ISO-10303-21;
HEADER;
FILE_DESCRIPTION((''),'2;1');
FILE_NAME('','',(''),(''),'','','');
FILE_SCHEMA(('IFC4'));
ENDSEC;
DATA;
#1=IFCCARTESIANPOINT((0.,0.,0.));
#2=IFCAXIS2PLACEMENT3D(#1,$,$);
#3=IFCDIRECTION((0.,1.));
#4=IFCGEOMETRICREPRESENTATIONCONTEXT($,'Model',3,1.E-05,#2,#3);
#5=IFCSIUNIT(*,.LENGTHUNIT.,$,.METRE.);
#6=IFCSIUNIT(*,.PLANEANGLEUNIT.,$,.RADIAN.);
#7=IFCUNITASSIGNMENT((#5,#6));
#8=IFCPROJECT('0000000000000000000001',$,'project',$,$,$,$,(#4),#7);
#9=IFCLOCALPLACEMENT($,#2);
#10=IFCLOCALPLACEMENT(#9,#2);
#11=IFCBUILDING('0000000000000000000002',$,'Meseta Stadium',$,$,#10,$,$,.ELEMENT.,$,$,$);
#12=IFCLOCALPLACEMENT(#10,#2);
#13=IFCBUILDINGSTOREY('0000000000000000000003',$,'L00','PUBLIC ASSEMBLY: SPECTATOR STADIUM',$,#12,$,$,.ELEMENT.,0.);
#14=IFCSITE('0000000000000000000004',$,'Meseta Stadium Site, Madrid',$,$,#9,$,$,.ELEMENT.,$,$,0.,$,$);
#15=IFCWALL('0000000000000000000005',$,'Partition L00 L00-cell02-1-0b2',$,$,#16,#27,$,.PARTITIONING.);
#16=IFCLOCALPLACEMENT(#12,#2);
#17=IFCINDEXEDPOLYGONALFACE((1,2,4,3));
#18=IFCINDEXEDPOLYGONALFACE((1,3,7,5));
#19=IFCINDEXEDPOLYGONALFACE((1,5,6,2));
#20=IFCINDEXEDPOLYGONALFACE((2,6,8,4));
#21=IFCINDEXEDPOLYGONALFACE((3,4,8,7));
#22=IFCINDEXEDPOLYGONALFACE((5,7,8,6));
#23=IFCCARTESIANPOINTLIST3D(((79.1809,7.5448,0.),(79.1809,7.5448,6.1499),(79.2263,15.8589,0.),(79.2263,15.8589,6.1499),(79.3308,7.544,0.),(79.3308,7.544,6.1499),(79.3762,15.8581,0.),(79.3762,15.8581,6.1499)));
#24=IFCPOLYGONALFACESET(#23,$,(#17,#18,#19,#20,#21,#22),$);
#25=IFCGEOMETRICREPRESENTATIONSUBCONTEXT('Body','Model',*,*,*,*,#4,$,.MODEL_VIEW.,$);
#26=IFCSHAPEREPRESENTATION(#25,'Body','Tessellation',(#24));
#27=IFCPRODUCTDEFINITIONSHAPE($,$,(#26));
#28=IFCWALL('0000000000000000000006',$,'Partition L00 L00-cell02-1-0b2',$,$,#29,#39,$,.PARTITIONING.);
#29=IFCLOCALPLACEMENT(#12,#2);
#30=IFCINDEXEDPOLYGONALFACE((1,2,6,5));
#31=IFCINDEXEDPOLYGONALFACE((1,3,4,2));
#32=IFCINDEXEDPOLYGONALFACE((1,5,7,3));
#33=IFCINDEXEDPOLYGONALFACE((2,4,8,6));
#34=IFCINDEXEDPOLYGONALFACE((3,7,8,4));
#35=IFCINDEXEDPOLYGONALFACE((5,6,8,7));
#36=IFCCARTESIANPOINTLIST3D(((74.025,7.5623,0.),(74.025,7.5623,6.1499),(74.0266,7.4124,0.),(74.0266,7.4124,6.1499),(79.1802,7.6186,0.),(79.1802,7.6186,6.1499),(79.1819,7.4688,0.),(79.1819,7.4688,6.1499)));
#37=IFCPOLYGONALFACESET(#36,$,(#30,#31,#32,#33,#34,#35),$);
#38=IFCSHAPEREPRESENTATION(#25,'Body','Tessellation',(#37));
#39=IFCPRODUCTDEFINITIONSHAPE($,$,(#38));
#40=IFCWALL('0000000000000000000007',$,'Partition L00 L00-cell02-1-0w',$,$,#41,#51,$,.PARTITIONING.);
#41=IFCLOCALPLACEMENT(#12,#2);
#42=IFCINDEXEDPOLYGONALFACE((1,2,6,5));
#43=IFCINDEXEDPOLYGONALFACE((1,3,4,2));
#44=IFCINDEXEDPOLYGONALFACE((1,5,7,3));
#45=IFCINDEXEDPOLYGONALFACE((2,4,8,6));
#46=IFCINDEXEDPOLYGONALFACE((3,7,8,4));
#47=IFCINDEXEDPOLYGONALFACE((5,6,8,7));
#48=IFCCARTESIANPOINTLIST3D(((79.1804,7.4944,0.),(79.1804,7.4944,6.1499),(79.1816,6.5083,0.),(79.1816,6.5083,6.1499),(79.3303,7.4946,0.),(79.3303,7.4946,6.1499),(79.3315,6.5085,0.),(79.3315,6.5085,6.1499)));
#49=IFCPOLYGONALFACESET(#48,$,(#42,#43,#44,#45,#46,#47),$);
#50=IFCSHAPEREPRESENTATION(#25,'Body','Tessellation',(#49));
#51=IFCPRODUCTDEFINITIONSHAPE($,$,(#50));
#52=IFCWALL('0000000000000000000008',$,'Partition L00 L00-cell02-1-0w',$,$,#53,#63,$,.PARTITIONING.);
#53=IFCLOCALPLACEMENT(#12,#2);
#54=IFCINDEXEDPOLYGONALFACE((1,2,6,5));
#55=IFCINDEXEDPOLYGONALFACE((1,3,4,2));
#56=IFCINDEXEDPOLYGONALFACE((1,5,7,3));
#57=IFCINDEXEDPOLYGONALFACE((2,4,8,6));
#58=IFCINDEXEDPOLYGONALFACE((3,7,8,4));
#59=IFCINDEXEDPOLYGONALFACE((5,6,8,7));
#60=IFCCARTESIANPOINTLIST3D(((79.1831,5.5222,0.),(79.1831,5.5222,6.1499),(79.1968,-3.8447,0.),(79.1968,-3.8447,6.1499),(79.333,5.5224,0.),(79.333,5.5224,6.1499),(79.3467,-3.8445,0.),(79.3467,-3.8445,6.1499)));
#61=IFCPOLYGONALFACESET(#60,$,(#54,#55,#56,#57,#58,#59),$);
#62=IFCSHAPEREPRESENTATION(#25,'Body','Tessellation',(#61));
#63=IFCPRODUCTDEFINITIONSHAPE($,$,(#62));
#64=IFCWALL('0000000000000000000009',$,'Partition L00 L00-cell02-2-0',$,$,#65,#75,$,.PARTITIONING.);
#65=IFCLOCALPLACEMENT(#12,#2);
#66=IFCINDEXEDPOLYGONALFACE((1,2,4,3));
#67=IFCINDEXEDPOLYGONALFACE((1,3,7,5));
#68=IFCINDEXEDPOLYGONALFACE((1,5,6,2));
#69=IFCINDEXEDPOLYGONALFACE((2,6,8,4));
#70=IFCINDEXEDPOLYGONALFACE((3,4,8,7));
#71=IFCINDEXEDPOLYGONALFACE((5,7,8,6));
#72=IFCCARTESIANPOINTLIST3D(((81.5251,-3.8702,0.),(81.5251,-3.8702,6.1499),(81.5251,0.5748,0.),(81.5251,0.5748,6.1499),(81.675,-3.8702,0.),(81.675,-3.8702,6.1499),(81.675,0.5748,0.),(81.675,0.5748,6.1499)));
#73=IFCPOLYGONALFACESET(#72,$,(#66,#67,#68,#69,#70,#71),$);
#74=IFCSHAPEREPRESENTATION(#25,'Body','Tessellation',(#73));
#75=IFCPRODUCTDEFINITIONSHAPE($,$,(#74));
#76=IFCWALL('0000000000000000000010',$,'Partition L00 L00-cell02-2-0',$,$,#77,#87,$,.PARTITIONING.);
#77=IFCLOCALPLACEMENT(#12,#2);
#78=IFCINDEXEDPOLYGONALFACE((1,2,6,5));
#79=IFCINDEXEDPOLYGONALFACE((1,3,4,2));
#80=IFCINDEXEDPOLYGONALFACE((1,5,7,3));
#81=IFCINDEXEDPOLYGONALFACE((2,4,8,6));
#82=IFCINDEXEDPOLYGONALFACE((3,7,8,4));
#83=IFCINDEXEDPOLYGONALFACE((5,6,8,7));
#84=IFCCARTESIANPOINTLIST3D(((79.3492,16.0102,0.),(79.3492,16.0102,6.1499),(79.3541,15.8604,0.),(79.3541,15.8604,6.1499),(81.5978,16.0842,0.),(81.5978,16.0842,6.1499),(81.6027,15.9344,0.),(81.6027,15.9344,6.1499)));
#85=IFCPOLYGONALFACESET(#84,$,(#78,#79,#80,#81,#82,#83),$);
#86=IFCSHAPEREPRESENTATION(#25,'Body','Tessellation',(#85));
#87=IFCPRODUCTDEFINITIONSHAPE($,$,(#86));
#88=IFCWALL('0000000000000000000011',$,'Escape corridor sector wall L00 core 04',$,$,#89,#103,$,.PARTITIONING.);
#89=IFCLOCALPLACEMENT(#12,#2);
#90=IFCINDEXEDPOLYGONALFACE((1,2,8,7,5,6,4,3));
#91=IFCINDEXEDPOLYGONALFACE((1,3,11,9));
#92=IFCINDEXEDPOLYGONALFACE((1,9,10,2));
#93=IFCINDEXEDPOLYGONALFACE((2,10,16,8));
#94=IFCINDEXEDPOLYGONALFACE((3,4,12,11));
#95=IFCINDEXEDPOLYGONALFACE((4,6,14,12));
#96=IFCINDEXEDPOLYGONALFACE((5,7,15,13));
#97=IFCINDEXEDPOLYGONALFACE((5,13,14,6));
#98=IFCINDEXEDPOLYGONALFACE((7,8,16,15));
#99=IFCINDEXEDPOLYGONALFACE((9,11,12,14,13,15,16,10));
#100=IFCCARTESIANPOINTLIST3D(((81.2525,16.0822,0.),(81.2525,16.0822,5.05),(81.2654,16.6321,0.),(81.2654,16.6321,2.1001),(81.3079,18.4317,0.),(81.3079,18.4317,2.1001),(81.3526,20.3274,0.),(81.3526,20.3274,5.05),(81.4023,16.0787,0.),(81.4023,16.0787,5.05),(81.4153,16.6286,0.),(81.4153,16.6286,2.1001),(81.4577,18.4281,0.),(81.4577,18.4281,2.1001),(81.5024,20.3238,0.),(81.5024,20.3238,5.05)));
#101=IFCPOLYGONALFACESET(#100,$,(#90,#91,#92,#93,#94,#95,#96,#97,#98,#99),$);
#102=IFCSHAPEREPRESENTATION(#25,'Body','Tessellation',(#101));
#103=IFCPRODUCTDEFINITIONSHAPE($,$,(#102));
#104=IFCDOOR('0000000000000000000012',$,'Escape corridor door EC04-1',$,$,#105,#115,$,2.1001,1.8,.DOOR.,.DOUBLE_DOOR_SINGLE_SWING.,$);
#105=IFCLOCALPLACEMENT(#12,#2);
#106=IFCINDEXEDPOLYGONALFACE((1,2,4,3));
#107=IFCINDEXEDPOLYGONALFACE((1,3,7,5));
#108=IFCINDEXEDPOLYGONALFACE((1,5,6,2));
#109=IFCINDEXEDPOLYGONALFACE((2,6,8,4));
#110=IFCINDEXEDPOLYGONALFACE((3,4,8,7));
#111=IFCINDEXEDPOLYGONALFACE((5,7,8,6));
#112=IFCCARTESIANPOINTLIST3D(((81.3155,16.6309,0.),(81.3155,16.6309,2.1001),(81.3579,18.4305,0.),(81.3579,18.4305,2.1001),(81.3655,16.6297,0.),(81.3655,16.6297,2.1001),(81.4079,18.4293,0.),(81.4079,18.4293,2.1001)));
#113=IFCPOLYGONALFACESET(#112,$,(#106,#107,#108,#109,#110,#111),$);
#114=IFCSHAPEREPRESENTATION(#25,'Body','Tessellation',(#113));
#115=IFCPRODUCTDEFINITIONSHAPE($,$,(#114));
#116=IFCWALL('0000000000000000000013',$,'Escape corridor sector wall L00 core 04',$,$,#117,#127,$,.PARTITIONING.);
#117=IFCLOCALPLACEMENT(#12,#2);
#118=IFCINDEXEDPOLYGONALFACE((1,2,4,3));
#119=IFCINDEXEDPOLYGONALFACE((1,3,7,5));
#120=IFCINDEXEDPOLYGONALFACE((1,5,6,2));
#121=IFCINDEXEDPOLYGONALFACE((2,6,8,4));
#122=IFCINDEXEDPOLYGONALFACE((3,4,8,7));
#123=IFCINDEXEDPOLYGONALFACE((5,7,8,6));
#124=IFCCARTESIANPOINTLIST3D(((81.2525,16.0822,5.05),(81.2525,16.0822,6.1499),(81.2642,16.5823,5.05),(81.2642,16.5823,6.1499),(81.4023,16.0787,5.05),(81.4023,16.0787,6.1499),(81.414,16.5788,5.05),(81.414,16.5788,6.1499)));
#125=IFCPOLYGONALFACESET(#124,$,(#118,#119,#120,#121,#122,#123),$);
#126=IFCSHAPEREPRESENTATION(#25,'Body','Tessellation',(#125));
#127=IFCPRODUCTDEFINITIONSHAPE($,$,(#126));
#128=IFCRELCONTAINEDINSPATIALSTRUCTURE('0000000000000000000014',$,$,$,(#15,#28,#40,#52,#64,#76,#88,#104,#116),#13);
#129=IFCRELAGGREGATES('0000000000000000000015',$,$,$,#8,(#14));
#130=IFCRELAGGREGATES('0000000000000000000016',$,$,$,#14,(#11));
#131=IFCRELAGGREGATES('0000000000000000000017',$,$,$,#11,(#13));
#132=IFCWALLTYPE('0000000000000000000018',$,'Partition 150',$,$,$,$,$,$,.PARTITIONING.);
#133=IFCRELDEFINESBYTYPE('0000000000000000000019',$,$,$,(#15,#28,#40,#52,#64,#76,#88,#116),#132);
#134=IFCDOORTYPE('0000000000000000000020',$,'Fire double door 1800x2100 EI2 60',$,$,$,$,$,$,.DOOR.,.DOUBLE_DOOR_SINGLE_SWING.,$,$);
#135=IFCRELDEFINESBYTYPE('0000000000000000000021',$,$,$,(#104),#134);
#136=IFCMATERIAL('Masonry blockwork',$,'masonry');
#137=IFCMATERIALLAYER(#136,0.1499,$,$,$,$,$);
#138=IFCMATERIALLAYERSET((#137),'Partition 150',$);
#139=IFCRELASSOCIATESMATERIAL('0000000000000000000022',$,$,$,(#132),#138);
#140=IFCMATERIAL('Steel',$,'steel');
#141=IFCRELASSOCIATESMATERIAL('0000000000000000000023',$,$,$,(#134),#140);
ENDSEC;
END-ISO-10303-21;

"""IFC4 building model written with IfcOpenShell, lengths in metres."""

from ifc_helpers import new_model, si_unit, direction, frame, frame_2d, origin, place, context, subcontext, project, spatial, rectangle, extrude, material, layer, layer_set, type_object, element, fill, save


model = new_model("IFC4")

# Units and contexts
model_context = context("Model", 3, precision=1e-05, world=origin(), true_north=direction((0.0, 1.0)))
body_context = subcontext(model_context, "Body", "Model", "MODEL_VIEW")
ifc_project = project(units=[si_unit("LENGTHUNIT", "METRE"), si_unit("PLANEANGLEUNIT", "RADIAN")], contexts=[model_context])

# Site, building, storey
site_placement = place(None, origin())
site = spatial("IfcSite", under=ifc_project, at=site_placement, Name="Meseta Stadium Site, Madrid", CompositionType="ELEMENT", RefElevation=0.0)
building_placement = place(site_placement, origin())
building = spatial("IfcBuilding", under=site, at=building_placement, Name="Meseta Stadium", CompositionType="ELEMENT")
storey_placement = place(building_placement, origin())
storey = spatial("IfcBuildingStorey", under=building, at=storey_placement, Name="L00", Description="PUBLIC ASSEMBLY: SPECTATOR STADIUM", CompositionType="ELEMENT", Elevation=0.0)

# Shared definitions
ifc_material_1 = material(Name="Masonry blockwork", Category="masonry")
ifc_layer = layer(ifc_material_1, 0.1499)
ifc_layer_set = layer_set([ifc_layer], Name="Partition 150")
wall_type = type_object("IfcWallType", Name="Partition 150", PredefinedType="PARTITIONING", material=ifc_layer_set)

# Walls
wall_1_placement = place(storey_placement, frame((79.3013, 15.8586, 0.0), z_axis=(0.0, 0.0, 1.0), x_axis=(-0.005462, -0.999985, 0.0)))
element("IfcWall", 1, at=wall_1_placement, inside=storey, type_object=wall_type, Name="Partition L00 L00-cell02-1-0b2", PredefinedType="PARTITIONING", context=body_context, shape_type="SweptSolid", body=[
    extrude(rectangle(XDim=8.3142, YDim=0.1499, at=frame_2d((4.1572, 0.0))), origin(), (0.0, 0.0, 1.0), 6.1499),
])
wall_2_placement = place(storey_placement, frame((79.1809, 7.5437, 0.0), z_axis=(0.0, 0.0, 1.0), x_axis=(-0.99994, -0.010939, 0.0)))
element("IfcWall", 2, at=wall_2_placement, inside=storey, type_object=wall_type, Name="Partition L00 L00-cell02-1-0b2", PredefinedType="PARTITIONING", context=body_context, shape_type="SweptSolid", body=[
    extrude(rectangle(XDim=5.1555, YDim=0.1499, at=frame_2d((2.5776, 0.0))), origin(), (0.0, 0.0, 1.0), 6.1499),
])
wall_3_placement = place(storey_placement, frame((79.2554, 7.4946, 0.0), z_axis=(0.0, 0.0, 1.0), x_axis=(0.001238, -0.999999, 0.0)))
element("IfcWall", 3, at=wall_3_placement, inside=storey, type_object=wall_type, Name="Partition L00 L00-cell02-1-0w", PredefinedType="PARTITIONING", context=body_context, shape_type="SweptSolid", body=[
    extrude(rectangle(XDim=0.9861, YDim=0.1499, at=frame_2d((0.4932, 0.0))), origin(), (0.0, 0.0, 1.0), 6.1499),
])
wall_4_placement = place(storey_placement, frame((79.2581, 5.5225, 0.0), z_axis=(0.0, 0.0, 1.0), x_axis=(0.00146, -0.999999, 0.0)))
element("IfcWall", 4, at=wall_4_placement, inside=storey, type_object=wall_type, Name="Partition L00 L00-cell02-1-0w", PredefinedType="PARTITIONING", context=body_context, shape_type="SweptSolid", body=[
    extrude(rectangle(XDim=9.3669, YDim=0.1499, at=frame_2d((4.6836, 0.0))), origin(), (0.0, 0.0, 1.0), 6.1499),
])
wall_5_placement = place(storey_placement, frame((81.6001, 0.575, 0.0), z_axis=(0.0, 0.0, 1.0), x_axis=(0.0, -1.0, 0.0)))
element("IfcWall", 5, at=wall_5_placement, inside=storey, type_object=wall_type, Name="Partition L00 L00-cell02-2-0", PredefinedType="PARTITIONING", context=body_context, shape_type="SweptSolid", body=[
    extrude(rectangle(XDim=4.4451, YDim=0.1499, at=frame_2d((2.2227, 0.0))), origin(), (0.0, 0.0, 1.0), 6.1499),
])
wall_6_placement = place(storey_placement, frame((79.3516, 15.9353, 0.0), z_axis=(0.0, 0.0, 1.0), x_axis=(0.999459, 0.032881, 0.0)))
element("IfcWall", 6, at=wall_6_placement, inside=storey, type_object=wall_type, Name="Partition L00 L00-cell02-2-0", PredefinedType="PARTITIONING", context=body_context, shape_type="SweptSolid", body=[
    extrude(rectangle(XDim=2.2498, YDim=0.1499, at=frame_2d((1.125, 0.0))), origin(), (0.0, 0.0, 1.0), 6.1499),
])

# Wall, opening, door
wall_7_placement = place(storey_placement, frame((81.3274, 16.0806, 0.0), z_axis=(0.0, 0.0, 1.0), x_axis=(0.023573, 0.999722, 0.0)))
wall_7 = element("IfcWall", 7, at=wall_7_placement, inside=storey, type_object=wall_type, Name="Escape corridor sector wall L00 core 04", PredefinedType="PARTITIONING", context=body_context, shape_type="SweptSolid", body=[
    extrude(rectangle(XDim=4.2463, YDim=0.1499, at=frame_2d((2.123, 0.0))), origin(), (0.0, 0.0, 1.0), 5.05),
])
opening_1_placement = place(wall_7_placement, frame((0.55, 0.0, 0.0)))
opening_1 = element("IfcOpeningElement", 8, at=opening_1_placement, cuts=wall_7, PredefinedType="OPENING", context=body_context, shape_type="SweptSolid", body=[
    extrude(rectangle(XDim=1.8, YDim=2.1001, at=frame_2d((0.8999, 1.05))), frame((0.0, 0.085, 0.0), z_axis=(0.0, -1.0, 0.0), x_axis=(1.0, 0.0, 0.0)), (0.0, 0.0, 1.0), 0.1699),
])
ifc_material_2 = material(Name="Steel", Category="steel")
door_type_1 = type_object("IfcDoorType", Name="Fire double door 1800x2100 EI2 60", OperationType="DOUBLE_DOOR_SINGLE_SWING", PredefinedType="DOOR", material=ifc_material_2)
door_1_placement = place(opening_1_placement, origin())
door_1 = element("IfcDoor", 9, at=door_1_placement, inside=storey, type_object=door_type_1, Name="Escape corridor door EC04-1", OperationType="DOUBLE_DOOR_SINGLE_SWING", OverallHeight=2.1001, OverallWidth=1.8, PredefinedType="DOOR", context=body_context, shape_type="SweptSolid", body=[
    extrude(rectangle(XDim=1.8, YDim=2.1001, at=frame_2d((0.8999, 1.05))), frame((0.0, 0.0249, 0.0), z_axis=(0.0, -1.0, 0.0), x_axis=(1.0, 0.0, 0.0)), (0.0, 0.0, 1.0), 0.05),
])
fill(opening_1, door_1)

# Wall
wall_8_placement = place(storey_placement, frame((81.3274, 16.0806, 5.05), z_axis=(0.0, 0.0, 1.0), x_axis=(0.023431, 0.999725, 0.0)))
element("IfcWall", 10, at=wall_8_placement, inside=storey, type_object=wall_type, Name="Escape corridor sector wall L00 core 04", PredefinedType="PARTITIONING", context=body_context, shape_type="SweptSolid", body=[
    extrude(rectangle(XDim=0.5002, YDim=0.1499, at=frame_2d((0.25, 0.0))), origin(), (0.0, 0.0, 1.0), 1.0999),
])

save(model, "model.ifc")
